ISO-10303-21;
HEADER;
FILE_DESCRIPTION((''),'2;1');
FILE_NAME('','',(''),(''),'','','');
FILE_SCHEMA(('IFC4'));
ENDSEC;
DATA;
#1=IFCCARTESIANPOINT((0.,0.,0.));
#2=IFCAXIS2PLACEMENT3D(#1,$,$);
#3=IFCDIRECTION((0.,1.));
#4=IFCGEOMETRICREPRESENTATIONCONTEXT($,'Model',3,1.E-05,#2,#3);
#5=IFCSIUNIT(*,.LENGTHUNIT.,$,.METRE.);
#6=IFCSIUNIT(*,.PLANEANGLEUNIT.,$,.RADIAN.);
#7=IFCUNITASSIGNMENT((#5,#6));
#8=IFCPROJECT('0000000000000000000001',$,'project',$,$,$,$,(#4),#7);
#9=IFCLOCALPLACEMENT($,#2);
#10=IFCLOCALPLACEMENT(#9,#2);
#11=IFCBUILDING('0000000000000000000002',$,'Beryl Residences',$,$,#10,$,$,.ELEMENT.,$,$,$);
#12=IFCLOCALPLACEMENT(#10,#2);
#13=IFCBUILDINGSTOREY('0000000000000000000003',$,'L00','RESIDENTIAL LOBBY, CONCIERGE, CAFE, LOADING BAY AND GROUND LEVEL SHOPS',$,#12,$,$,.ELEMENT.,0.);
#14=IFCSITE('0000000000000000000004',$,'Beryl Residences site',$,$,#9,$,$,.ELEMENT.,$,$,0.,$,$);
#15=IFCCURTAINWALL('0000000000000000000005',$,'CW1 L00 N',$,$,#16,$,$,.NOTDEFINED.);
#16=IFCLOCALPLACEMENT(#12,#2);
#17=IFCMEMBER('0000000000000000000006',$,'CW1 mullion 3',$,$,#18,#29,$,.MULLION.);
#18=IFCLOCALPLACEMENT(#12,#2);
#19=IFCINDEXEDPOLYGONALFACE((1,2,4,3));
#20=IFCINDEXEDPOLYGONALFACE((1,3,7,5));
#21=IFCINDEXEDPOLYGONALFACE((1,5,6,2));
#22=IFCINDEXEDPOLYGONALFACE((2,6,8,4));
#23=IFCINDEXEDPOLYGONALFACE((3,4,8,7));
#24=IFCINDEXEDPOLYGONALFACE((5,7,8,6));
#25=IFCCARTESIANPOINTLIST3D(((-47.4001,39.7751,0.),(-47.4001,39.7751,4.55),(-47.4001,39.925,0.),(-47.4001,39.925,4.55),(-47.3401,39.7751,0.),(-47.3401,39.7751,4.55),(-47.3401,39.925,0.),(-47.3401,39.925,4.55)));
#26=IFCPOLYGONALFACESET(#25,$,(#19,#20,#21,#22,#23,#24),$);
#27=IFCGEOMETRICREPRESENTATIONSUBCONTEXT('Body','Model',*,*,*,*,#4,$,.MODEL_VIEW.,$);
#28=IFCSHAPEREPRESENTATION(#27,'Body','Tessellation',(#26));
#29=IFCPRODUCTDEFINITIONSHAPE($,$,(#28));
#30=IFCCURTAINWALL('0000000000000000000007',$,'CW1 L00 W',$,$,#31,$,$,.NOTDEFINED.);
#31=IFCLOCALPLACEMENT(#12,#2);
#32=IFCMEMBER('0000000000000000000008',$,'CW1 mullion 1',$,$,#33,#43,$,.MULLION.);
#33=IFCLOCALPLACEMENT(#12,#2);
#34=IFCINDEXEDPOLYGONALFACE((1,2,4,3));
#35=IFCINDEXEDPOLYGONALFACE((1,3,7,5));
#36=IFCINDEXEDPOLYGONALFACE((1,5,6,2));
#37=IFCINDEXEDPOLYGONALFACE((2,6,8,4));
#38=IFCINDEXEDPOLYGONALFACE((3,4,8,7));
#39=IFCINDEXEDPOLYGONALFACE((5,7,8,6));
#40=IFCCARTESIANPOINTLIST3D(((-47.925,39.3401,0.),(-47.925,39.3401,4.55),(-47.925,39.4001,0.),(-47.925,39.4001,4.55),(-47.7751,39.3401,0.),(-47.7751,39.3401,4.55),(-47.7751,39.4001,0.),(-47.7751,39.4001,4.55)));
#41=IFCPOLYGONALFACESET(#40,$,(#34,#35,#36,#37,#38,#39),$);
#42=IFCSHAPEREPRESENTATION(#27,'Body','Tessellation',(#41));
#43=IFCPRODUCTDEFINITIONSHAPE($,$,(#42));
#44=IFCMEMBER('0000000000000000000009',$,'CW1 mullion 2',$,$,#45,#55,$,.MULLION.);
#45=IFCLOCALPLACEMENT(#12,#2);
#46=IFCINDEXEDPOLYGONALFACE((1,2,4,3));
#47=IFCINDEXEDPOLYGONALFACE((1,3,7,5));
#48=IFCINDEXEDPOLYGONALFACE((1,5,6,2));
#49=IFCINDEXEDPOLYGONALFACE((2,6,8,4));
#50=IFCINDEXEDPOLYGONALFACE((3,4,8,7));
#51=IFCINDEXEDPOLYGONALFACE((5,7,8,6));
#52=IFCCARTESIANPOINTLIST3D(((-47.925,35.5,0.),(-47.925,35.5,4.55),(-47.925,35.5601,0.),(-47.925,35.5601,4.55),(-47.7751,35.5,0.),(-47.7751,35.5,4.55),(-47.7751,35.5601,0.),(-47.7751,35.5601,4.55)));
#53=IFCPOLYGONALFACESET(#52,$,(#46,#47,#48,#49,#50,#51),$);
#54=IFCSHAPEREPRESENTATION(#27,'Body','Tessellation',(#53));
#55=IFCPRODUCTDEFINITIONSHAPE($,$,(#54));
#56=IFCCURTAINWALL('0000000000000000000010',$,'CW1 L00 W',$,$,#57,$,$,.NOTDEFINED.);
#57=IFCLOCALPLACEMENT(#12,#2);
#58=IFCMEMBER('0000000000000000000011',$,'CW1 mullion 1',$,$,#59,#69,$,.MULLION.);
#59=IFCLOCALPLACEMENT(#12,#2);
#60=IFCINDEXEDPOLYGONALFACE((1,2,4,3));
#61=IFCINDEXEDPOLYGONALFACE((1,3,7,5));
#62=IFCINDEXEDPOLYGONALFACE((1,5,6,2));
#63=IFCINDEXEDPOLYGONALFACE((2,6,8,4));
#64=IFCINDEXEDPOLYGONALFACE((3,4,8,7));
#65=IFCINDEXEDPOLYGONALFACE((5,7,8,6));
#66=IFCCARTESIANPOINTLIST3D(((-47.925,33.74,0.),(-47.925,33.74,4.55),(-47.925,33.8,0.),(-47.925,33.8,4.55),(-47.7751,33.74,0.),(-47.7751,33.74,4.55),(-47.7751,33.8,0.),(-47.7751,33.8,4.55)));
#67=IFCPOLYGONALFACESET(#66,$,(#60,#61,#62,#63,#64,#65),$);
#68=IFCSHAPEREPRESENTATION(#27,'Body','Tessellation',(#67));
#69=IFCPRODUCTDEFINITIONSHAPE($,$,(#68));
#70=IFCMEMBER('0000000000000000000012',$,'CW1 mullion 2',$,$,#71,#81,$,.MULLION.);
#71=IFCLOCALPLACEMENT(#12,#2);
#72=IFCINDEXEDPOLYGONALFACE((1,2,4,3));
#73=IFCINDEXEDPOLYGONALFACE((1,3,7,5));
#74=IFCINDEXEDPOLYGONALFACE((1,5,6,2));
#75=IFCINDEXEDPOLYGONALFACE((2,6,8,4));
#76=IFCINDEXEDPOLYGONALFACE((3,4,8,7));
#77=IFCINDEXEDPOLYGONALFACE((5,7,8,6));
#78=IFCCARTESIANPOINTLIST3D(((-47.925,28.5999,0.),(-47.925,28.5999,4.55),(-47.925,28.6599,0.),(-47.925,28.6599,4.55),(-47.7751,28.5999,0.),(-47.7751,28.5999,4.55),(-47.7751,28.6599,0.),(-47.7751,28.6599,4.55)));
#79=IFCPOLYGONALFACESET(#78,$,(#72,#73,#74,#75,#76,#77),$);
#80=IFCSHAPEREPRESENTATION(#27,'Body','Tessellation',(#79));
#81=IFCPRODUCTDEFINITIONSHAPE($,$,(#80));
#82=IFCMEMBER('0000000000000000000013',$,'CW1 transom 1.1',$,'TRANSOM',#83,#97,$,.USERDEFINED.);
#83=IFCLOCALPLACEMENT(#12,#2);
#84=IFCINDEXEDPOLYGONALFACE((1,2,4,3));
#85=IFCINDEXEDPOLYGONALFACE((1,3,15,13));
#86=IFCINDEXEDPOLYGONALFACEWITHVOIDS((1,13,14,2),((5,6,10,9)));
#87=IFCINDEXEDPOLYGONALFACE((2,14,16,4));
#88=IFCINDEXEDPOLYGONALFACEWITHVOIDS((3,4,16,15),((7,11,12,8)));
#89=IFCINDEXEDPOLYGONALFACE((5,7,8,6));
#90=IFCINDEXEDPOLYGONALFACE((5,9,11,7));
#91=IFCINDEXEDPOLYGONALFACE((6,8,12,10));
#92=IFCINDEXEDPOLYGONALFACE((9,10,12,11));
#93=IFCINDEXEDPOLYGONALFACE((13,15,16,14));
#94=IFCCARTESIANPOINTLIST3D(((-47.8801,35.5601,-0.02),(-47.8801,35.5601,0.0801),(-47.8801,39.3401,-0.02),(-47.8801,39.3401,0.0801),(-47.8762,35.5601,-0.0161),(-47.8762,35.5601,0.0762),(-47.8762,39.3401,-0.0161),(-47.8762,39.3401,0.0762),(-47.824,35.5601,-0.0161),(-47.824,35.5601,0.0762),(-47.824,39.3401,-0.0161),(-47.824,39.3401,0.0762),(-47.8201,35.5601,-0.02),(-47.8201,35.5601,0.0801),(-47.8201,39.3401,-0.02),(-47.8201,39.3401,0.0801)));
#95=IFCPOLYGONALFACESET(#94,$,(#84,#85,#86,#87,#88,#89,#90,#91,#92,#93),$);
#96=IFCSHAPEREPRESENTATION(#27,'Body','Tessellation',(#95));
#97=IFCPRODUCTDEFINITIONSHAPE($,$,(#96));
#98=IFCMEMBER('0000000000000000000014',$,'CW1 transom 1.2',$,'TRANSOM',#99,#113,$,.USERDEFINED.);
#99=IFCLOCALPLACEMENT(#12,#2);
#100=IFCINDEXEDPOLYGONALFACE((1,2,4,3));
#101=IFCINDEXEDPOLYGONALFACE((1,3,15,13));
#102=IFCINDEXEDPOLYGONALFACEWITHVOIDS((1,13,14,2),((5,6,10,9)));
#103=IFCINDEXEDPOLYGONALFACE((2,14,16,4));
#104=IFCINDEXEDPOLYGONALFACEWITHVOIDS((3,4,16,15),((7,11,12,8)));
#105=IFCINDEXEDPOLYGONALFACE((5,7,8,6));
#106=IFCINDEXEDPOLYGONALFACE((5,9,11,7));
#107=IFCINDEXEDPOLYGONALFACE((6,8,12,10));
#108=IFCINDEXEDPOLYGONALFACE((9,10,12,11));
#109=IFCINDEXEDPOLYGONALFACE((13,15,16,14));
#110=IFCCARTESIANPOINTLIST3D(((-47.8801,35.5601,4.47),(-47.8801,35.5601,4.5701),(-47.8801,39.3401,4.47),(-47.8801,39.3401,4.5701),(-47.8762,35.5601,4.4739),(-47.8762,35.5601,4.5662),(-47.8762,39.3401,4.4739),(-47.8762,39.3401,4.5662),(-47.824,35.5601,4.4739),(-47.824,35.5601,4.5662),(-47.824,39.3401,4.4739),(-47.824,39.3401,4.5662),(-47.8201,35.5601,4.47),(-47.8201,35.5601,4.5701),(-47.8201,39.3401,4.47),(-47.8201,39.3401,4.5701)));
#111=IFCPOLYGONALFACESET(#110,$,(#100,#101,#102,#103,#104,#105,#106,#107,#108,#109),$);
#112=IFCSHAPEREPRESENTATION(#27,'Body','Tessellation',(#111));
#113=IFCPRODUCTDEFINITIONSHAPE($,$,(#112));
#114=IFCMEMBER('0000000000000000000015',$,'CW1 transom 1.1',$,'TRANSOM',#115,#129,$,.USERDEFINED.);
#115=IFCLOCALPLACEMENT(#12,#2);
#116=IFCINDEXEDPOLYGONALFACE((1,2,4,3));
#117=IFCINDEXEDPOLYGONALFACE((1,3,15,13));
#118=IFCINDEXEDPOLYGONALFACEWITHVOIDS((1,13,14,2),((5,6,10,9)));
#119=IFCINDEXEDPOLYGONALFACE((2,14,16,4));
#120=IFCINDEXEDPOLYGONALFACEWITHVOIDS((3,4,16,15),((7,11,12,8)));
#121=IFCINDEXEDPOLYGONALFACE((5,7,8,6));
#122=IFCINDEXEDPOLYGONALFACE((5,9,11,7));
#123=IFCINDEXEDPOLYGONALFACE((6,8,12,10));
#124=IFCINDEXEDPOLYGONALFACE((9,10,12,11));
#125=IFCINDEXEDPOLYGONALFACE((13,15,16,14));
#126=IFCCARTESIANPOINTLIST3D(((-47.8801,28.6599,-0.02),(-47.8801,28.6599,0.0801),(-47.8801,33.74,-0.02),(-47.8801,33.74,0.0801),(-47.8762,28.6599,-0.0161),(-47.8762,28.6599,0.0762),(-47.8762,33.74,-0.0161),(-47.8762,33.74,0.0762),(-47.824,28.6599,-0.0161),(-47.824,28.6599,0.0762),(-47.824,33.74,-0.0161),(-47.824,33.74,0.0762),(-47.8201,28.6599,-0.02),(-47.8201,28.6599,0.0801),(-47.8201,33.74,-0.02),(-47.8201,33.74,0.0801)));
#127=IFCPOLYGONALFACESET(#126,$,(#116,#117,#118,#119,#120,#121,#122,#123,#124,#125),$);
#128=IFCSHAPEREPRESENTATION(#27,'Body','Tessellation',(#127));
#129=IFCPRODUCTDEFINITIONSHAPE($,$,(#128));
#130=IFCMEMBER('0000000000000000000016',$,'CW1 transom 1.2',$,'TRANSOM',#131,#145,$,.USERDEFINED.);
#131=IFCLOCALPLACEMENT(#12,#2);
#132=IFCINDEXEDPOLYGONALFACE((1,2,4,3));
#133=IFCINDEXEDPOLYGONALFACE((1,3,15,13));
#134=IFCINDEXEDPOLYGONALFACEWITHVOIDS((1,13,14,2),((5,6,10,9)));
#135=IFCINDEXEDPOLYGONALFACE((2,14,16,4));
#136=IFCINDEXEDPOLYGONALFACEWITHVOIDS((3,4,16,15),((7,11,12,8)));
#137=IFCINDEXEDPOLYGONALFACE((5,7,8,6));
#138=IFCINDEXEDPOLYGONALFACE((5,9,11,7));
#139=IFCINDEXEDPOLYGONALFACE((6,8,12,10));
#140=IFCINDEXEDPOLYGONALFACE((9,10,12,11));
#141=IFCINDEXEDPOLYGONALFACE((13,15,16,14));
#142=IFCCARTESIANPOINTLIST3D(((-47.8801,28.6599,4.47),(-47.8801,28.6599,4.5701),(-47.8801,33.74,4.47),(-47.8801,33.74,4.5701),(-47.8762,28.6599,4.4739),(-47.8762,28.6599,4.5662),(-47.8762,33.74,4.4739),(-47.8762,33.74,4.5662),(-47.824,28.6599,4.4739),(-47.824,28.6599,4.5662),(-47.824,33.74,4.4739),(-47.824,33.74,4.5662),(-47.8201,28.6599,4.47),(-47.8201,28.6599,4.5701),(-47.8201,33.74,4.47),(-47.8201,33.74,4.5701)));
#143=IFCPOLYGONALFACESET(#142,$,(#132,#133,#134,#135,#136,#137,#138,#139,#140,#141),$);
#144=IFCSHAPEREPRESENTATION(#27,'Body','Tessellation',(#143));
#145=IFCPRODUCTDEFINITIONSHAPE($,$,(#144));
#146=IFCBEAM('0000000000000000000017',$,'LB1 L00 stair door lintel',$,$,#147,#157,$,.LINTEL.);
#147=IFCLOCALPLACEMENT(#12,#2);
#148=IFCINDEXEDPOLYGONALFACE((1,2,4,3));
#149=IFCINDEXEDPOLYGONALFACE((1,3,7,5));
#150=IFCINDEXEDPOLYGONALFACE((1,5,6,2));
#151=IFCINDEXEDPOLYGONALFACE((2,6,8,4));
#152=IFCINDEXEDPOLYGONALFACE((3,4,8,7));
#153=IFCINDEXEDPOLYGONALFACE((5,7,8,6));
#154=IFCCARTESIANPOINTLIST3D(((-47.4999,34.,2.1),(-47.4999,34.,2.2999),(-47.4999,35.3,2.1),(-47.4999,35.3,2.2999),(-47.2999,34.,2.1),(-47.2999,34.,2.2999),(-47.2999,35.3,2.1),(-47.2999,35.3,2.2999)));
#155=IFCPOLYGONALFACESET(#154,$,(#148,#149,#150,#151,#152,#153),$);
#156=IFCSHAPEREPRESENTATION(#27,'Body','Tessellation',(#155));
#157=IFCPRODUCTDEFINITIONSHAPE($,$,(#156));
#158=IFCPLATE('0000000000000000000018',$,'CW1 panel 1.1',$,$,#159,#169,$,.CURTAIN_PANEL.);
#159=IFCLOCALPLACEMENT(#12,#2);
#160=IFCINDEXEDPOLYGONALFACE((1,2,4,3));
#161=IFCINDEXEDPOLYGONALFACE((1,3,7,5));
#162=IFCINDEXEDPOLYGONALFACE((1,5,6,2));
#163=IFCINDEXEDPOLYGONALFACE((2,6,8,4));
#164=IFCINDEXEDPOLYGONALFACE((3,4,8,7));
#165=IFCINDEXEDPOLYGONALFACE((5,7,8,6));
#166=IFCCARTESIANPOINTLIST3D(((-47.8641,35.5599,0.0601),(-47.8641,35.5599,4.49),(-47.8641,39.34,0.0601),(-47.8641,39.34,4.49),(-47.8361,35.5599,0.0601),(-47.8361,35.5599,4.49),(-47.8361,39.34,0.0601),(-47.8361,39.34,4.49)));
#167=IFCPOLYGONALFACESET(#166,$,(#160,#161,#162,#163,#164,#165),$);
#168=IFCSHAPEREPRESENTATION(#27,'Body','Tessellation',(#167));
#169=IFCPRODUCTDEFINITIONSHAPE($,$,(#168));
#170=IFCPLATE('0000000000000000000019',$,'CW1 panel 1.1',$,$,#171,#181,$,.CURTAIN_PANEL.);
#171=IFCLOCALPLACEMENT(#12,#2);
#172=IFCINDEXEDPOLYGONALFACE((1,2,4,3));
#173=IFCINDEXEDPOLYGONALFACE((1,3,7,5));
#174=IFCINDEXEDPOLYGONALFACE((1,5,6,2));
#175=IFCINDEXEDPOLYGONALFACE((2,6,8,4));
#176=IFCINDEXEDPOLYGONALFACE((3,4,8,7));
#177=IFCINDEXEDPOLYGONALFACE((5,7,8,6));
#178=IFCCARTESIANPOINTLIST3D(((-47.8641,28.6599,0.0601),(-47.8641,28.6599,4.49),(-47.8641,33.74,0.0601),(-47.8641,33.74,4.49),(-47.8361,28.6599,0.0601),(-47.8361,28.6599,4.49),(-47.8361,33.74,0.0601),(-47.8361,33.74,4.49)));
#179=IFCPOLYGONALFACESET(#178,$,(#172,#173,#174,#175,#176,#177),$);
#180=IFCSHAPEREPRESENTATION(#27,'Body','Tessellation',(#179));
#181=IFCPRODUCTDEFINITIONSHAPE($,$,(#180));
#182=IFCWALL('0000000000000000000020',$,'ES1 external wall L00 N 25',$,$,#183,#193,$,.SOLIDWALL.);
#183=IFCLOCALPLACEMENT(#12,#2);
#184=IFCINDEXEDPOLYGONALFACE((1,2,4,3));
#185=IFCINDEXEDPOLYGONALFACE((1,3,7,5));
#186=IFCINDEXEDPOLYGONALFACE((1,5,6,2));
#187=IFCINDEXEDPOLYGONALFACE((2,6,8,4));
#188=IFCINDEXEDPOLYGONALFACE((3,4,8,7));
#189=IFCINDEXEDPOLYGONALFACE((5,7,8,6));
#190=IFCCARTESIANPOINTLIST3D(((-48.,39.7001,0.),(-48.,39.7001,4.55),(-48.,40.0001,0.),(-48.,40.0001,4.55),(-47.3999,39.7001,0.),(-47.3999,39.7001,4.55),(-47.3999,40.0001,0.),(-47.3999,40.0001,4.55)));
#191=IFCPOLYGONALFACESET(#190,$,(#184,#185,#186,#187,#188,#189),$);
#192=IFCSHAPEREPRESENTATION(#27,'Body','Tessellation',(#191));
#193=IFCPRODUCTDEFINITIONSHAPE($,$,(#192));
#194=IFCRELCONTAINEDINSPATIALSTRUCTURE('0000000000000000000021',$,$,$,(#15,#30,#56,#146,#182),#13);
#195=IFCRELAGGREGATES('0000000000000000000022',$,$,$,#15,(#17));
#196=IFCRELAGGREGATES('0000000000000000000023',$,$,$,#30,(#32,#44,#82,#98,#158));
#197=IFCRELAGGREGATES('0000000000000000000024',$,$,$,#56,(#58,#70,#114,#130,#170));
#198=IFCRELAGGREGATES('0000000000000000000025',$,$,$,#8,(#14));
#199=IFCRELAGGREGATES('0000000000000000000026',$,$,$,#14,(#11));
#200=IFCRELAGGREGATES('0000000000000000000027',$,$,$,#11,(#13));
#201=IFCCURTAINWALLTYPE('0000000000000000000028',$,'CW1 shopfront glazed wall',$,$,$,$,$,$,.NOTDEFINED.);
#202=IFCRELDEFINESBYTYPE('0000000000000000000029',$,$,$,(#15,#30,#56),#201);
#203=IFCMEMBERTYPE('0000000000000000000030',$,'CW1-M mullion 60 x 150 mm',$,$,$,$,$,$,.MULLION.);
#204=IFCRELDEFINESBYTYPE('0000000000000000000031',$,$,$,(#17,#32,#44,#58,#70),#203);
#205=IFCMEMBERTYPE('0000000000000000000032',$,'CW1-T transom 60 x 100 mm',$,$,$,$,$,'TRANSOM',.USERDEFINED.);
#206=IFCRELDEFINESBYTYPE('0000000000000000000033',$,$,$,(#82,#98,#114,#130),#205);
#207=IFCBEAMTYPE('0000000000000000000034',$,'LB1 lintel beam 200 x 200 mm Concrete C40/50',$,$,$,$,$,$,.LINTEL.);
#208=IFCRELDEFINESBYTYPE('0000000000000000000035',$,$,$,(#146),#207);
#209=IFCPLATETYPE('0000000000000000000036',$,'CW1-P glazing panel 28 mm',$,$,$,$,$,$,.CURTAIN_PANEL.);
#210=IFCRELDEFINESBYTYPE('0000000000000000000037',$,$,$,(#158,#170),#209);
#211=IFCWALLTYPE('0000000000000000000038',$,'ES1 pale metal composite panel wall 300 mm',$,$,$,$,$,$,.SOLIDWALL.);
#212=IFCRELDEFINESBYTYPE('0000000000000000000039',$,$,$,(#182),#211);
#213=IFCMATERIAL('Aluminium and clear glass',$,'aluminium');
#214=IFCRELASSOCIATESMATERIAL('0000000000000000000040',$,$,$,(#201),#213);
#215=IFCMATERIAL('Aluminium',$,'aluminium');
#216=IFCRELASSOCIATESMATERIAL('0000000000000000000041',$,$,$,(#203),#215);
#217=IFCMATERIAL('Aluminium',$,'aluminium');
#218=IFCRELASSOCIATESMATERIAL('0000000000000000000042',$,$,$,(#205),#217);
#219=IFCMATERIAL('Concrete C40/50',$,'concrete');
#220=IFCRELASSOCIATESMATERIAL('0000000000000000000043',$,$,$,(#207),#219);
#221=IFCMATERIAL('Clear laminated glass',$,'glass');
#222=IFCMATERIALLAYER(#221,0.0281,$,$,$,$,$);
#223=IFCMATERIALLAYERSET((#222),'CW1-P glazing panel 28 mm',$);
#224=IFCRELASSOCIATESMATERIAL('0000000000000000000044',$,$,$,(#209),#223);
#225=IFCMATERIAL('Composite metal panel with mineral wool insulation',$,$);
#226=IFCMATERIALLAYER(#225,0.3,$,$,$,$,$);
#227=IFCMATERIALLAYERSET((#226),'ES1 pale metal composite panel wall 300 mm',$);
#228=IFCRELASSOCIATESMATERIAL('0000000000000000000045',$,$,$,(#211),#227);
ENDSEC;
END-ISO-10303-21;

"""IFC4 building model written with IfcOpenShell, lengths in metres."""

from ifc_helpers import new_model, si_unit, direction, frame, frame_2d, origin, origin_2d, place, context, subcontext, project, spatial, rectangle, hollow_rectangle, extrude, material, layer, layer_set, material_profile, profile_set, type_object, element, aggregate, save


model = new_model("IFC4")

# Units and contexts
model_context = context("Model", 3, precision=1e-05, world=origin(), true_north=direction((0.0, 1.0)))
body_context = subcontext(model_context, "Body", "Model", "MODEL_VIEW")
ifc_project = project(units=[si_unit("LENGTHUNIT", "METRE"), si_unit("PLANEANGLEUNIT", "RADIAN")], contexts=[model_context])

# Site, building, storey
site_placement = place(None, origin())
site = spatial("IfcSite", under=ifc_project, at=site_placement, Name="Beryl Residences site", CompositionType="ELEMENT", RefElevation=0.0)
building_placement = place(site_placement, origin())
building = spatial("IfcBuilding", under=site, at=building_placement, Name="Beryl Residences", CompositionType="ELEMENT")
storey_placement = place(building_placement, origin())
storey = spatial("IfcBuildingStorey", under=building, at=storey_placement, Name="L00", Description="RESIDENTIAL LOBBY, CONCIERGE, CAFE, LOADING BAY AND GROUND LEVEL SHOPS", CompositionType="ELEMENT", Elevation=0.0)

# Curtain wall, member
ifc_material_1 = material(Name="Aluminium and clear glass", Category="aluminium")
curtain_wall_type = type_object("IfcCurtainWallType", Name="CW1 shopfront glazed wall", PredefinedType="NOTDEFINED", material=ifc_material_1)
curtain_wall_1_placement = place(storey_placement, origin())
curtain_wall_1 = element("IfcCurtainWall", 1, at=curtain_wall_1_placement, inside=storey, type_object=curtain_wall_type, Name="CW1 L00 N", PredefinedType="NOTDEFINED")
ifc_material_2 = material(Name="Aluminium", Category="aluminium")
ifc_material_profile_1 = material_profile(ifc_material_2, rectangle(XDim=0.0601, YDim=0.1499, at=origin_2d()))
ifc_profile_set_1 = profile_set([ifc_material_profile_1], Name="Aluminium")
member_type_1 = type_object("IfcMemberType", Name="CW1-M mullion 60 x 150 mm", PredefinedType="MULLION", material=ifc_profile_set_1)
member_1_placement = place(storey_placement, frame((-47.3701, 39.8501, 0.0), z_axis=(0.0, 0.0, 1.0), x_axis=(-1.0, 0.0, 0.0)))
member_1 = element("IfcMember", 2, at=member_1_placement, type_object=member_type_1, Name="CW1 mullion 3", PredefinedType="MULLION", context=body_context, shape_type="SweptSolid", body=[
    extrude(rectangle(XDim=0.0601, YDim=0.1499, at=origin_2d()), origin(), (0.0, 0.0, 1.0), 4.55),
])
aggregate(curtain_wall_1, [member_1])

# Curtain walls, members
curtain_wall_2_placement = place(storey_placement, origin())
curtain_wall_2 = element("IfcCurtainWall", 3, at=curtain_wall_2_placement, inside=storey, type_object=curtain_wall_type, Name="CW1 L00 W", PredefinedType="NOTDEFINED")
member_2_placement = place(storey_placement, frame((-47.8501, 39.3701, 0.0), z_axis=(0.0, 0.0, 1.0), x_axis=(0.0, -1.0, 0.0)))
member_2 = element("IfcMember", 4, at=member_2_placement, type_object=member_type_1, Name="CW1 mullion 1", PredefinedType="MULLION", context=body_context, shape_type="SweptSolid", body=[
    extrude(rectangle(XDim=0.0601, YDim=0.1499, at=origin_2d()), origin(), (0.0, 0.0, 1.0), 4.55),
])
member_3_placement = place(storey_placement, frame((-47.8501, 35.53, 0.0), z_axis=(0.0, 0.0, 1.0), x_axis=(0.0, -1.0, 0.0)))
member_3 = element("IfcMember", 5, at=member_3_placement, type_object=member_type_1, Name="CW1 mullion 2", PredefinedType="MULLION", context=body_context, shape_type="SweptSolid", body=[
    extrude(rectangle(XDim=0.0601, YDim=0.1499, at=origin_2d()), origin(), (0.0, 0.0, 1.0), 4.55),
])
curtain_wall_3_placement = place(storey_placement, origin())
curtain_wall_3 = element("IfcCurtainWall", 6, at=curtain_wall_3_placement, inside=storey, type_object=curtain_wall_type, Name="CW1 L00 W", PredefinedType="NOTDEFINED")
member_4_placement = place(storey_placement, frame((-47.8501, 33.77, 0.0), z_axis=(0.0, 0.0, 1.0), x_axis=(0.0, -1.0, 0.0)))
member_4 = element("IfcMember", 7, at=member_4_placement, type_object=member_type_1, Name="CW1 mullion 1", PredefinedType="MULLION", context=body_context, shape_type="SweptSolid", body=[
    extrude(rectangle(XDim=0.0601, YDim=0.1499, at=origin_2d()), origin(), (0.0, 0.0, 1.0), 4.55),
])
member_5_placement = place(storey_placement, frame((-47.8501, 28.6299, 0.0), z_axis=(0.0, 0.0, 1.0), x_axis=(0.0, -1.0, 0.0)))
member_5 = element("IfcMember", 8, at=member_5_placement, type_object=member_type_1, Name="CW1 mullion 2", PredefinedType="MULLION", context=body_context, shape_type="SweptSolid", body=[
    extrude(rectangle(XDim=0.0601, YDim=0.1499, at=origin_2d()), origin(), (0.0, 0.0, 1.0), 4.55),
])

# Members
ifc_material_3 = material(Name="Aluminium", Category="aluminium")
ifc_material_profile_2 = material_profile(ifc_material_3, hollow_rectangle(XDim=0.0601, YDim=0.1001, WallThickness=0.0039, at=origin_2d()))
ifc_profile_set_2 = profile_set([ifc_material_profile_2], Name="Aluminium")
member_type_2 = type_object("IfcMemberType", Name="CW1-T transom 60 x 100 mm", ElementType="TRANSOM", PredefinedType="USERDEFINED", material=ifc_profile_set_2)
member_6_placement = place(storey_placement, frame((-47.8501, 39.3401, 0.03), z_axis=(0.0, -1.0, 0.0), x_axis=(1.0, 0.0, 0.0)))
member_6 = element("IfcMember", 9, at=member_6_placement, type_object=member_type_2, Name="CW1 transom 1.1", ObjectType="TRANSOM", PredefinedType="USERDEFINED", context=body_context, shape_type="SweptSolid", body=[
    extrude(hollow_rectangle(XDim=0.0601, YDim=0.1001, WallThickness=0.0039, at=origin_2d()), origin(), (0.0, 0.0, 1.0), 3.78),
])
member_7_placement = place(storey_placement, frame((-47.8501, 39.3401, 4.52), z_axis=(0.0, -1.0, 0.0), x_axis=(1.0, 0.0, 0.0)))
member_7 = element("IfcMember", 10, at=member_7_placement, type_object=member_type_2, Name="CW1 transom 1.2", ObjectType="TRANSOM", PredefinedType="USERDEFINED", context=body_context, shape_type="SweptSolid", body=[
    extrude(hollow_rectangle(XDim=0.0601, YDim=0.1001, WallThickness=0.0039, at=origin_2d()), origin(), (0.0, 0.0, 1.0), 3.78),
])
member_8_placement = place(storey_placement, frame((-47.8501, 33.74, 0.03), z_axis=(0.0, -1.0, 0.0), x_axis=(1.0, 0.0, 0.0)))
member_8 = element("IfcMember", 11, at=member_8_placement, type_object=member_type_2, Name="CW1 transom 1.1", ObjectType="TRANSOM", PredefinedType="USERDEFINED", context=body_context, shape_type="SweptSolid", body=[
    extrude(hollow_rectangle(XDim=0.0601, YDim=0.1001, WallThickness=0.0039, at=origin_2d()), origin(), (0.0, 0.0, 1.0), 5.0801),
])
member_9_placement = place(storey_placement, frame((-47.8501, 33.74, 4.52), z_axis=(0.0, -1.0, 0.0), x_axis=(1.0, 0.0, 0.0)))
member_9 = element("IfcMember", 12, at=member_9_placement, type_object=member_type_2, Name="CW1 transom 1.2", ObjectType="TRANSOM", PredefinedType="USERDEFINED", context=body_context, shape_type="SweptSolid", body=[
    extrude(hollow_rectangle(XDim=0.0601, YDim=0.1001, WallThickness=0.0039, at=origin_2d()), origin(), (0.0, 0.0, 1.0), 5.0801),
])

# Beam
ifc_material_4 = material(Name="Concrete C40/50", Category="concrete")
ifc_material_profile_3 = material_profile(ifc_material_4, rectangle(XDim=0.2, YDim=0.2, at=origin_2d()))
ifc_profile_set_3 = profile_set([ifc_material_profile_3], Name="Concrete C40/50")
beam_type = type_object("IfcBeamType", Name="LB1 lintel beam 200 x 200 mm Concrete C40/50", PredefinedType="LINTEL", material=ifc_profile_set_3)
beam_placement = place(storey_placement, frame((-47.3999, 34.0, 2.2), z_axis=(0.0, 1.0, 0.0), x_axis=(-1.0, 0.0, 0.0)))
element("IfcBeam", 13, at=beam_placement, inside=storey, type_object=beam_type, Name="LB1 L00 stair door lintel", PredefinedType="LINTEL", context=body_context, shape_type="SweptSolid", body=[
    extrude(rectangle(XDim=0.2, YDim=0.2, at=origin_2d()), origin(), (0.0, 0.0, 1.0), 1.3),
])

# Plates
ifc_material_5 = material(Name="Clear laminated glass", Category="glass")
ifc_layer_1 = layer(ifc_material_5, 0.0281)
ifc_layer_set_1 = layer_set([ifc_layer_1], Name="CW1-P glazing panel 28 mm")
plate_type = type_object("IfcPlateType", Name="CW1-P glazing panel 28 mm", PredefinedType="CURTAIN_PANEL", material=ifc_layer_set_1)
plate_1_placement = place(storey_placement, frame((-47.8501, 37.45, 0.0601), z_axis=(0.0, 0.0, 1.0), x_axis=(0.0, -1.0, 0.0)))
plate_1 = element("IfcPlate", 14, at=plate_1_placement, type_object=plate_type, Name="CW1 panel 1.1", PredefinedType="CURTAIN_PANEL", context=body_context, shape_type="SweptSolid", body=[
    extrude(rectangle(XDim=3.78, YDim=0.0281, at=origin_2d()), origin(), (0.0, 0.0, 1.0), 4.4299),
])
aggregate(curtain_wall_2, [member_2, member_3, member_6, member_7, plate_1])
plate_2_placement = place(storey_placement, frame((-47.8501, 31.2, 0.0601), z_axis=(0.0, 0.0, 1.0), x_axis=(0.0, -1.0, 0.0)))
plate_2 = element("IfcPlate", 15, at=plate_2_placement, type_object=plate_type, Name="CW1 panel 1.1", PredefinedType="CURTAIN_PANEL", context=body_context, shape_type="SweptSolid", body=[
    extrude(rectangle(XDim=5.0801, YDim=0.0281, at=origin_2d()), origin(), (0.0, 0.0, 1.0), 4.4299),
])
aggregate(curtain_wall_3, [member_4, member_5, member_8, member_9, plate_2])

# Wall
ifc_material_6 = material(Name="Composite metal panel with mineral wool insulation")
ifc_layer_2 = layer(ifc_material_6, 0.3)
ifc_layer_set_2 = layer_set([ifc_layer_2], Name="ES1 pale metal composite panel wall 300 mm")
wall_type_1 = type_object("IfcWallType", Name="ES1 pale metal composite panel wall 300 mm", PredefinedType="SOLIDWALL", material=ifc_layer_set_2)
wall_1_placement = place(storey_placement, frame((-47.3999, 39.8501, 0.0), z_axis=(0.0, 0.0, 1.0), x_axis=(-1.0, 0.0, 0.0)))
element("IfcWall", 16, at=wall_1_placement, inside=storey, type_object=wall_type_1, Name="ES1 external wall L00 N 25", PredefinedType="SOLIDWALL", context=body_context, shape_type="SweptSolid", body=[
    extrude(rectangle(XDim=0.6001, YDim=0.3, at=frame_2d((0.3, 0.0))), origin(), (0.0, 0.0, 1.0), 4.55),
])

save(model, "model.ifc")
